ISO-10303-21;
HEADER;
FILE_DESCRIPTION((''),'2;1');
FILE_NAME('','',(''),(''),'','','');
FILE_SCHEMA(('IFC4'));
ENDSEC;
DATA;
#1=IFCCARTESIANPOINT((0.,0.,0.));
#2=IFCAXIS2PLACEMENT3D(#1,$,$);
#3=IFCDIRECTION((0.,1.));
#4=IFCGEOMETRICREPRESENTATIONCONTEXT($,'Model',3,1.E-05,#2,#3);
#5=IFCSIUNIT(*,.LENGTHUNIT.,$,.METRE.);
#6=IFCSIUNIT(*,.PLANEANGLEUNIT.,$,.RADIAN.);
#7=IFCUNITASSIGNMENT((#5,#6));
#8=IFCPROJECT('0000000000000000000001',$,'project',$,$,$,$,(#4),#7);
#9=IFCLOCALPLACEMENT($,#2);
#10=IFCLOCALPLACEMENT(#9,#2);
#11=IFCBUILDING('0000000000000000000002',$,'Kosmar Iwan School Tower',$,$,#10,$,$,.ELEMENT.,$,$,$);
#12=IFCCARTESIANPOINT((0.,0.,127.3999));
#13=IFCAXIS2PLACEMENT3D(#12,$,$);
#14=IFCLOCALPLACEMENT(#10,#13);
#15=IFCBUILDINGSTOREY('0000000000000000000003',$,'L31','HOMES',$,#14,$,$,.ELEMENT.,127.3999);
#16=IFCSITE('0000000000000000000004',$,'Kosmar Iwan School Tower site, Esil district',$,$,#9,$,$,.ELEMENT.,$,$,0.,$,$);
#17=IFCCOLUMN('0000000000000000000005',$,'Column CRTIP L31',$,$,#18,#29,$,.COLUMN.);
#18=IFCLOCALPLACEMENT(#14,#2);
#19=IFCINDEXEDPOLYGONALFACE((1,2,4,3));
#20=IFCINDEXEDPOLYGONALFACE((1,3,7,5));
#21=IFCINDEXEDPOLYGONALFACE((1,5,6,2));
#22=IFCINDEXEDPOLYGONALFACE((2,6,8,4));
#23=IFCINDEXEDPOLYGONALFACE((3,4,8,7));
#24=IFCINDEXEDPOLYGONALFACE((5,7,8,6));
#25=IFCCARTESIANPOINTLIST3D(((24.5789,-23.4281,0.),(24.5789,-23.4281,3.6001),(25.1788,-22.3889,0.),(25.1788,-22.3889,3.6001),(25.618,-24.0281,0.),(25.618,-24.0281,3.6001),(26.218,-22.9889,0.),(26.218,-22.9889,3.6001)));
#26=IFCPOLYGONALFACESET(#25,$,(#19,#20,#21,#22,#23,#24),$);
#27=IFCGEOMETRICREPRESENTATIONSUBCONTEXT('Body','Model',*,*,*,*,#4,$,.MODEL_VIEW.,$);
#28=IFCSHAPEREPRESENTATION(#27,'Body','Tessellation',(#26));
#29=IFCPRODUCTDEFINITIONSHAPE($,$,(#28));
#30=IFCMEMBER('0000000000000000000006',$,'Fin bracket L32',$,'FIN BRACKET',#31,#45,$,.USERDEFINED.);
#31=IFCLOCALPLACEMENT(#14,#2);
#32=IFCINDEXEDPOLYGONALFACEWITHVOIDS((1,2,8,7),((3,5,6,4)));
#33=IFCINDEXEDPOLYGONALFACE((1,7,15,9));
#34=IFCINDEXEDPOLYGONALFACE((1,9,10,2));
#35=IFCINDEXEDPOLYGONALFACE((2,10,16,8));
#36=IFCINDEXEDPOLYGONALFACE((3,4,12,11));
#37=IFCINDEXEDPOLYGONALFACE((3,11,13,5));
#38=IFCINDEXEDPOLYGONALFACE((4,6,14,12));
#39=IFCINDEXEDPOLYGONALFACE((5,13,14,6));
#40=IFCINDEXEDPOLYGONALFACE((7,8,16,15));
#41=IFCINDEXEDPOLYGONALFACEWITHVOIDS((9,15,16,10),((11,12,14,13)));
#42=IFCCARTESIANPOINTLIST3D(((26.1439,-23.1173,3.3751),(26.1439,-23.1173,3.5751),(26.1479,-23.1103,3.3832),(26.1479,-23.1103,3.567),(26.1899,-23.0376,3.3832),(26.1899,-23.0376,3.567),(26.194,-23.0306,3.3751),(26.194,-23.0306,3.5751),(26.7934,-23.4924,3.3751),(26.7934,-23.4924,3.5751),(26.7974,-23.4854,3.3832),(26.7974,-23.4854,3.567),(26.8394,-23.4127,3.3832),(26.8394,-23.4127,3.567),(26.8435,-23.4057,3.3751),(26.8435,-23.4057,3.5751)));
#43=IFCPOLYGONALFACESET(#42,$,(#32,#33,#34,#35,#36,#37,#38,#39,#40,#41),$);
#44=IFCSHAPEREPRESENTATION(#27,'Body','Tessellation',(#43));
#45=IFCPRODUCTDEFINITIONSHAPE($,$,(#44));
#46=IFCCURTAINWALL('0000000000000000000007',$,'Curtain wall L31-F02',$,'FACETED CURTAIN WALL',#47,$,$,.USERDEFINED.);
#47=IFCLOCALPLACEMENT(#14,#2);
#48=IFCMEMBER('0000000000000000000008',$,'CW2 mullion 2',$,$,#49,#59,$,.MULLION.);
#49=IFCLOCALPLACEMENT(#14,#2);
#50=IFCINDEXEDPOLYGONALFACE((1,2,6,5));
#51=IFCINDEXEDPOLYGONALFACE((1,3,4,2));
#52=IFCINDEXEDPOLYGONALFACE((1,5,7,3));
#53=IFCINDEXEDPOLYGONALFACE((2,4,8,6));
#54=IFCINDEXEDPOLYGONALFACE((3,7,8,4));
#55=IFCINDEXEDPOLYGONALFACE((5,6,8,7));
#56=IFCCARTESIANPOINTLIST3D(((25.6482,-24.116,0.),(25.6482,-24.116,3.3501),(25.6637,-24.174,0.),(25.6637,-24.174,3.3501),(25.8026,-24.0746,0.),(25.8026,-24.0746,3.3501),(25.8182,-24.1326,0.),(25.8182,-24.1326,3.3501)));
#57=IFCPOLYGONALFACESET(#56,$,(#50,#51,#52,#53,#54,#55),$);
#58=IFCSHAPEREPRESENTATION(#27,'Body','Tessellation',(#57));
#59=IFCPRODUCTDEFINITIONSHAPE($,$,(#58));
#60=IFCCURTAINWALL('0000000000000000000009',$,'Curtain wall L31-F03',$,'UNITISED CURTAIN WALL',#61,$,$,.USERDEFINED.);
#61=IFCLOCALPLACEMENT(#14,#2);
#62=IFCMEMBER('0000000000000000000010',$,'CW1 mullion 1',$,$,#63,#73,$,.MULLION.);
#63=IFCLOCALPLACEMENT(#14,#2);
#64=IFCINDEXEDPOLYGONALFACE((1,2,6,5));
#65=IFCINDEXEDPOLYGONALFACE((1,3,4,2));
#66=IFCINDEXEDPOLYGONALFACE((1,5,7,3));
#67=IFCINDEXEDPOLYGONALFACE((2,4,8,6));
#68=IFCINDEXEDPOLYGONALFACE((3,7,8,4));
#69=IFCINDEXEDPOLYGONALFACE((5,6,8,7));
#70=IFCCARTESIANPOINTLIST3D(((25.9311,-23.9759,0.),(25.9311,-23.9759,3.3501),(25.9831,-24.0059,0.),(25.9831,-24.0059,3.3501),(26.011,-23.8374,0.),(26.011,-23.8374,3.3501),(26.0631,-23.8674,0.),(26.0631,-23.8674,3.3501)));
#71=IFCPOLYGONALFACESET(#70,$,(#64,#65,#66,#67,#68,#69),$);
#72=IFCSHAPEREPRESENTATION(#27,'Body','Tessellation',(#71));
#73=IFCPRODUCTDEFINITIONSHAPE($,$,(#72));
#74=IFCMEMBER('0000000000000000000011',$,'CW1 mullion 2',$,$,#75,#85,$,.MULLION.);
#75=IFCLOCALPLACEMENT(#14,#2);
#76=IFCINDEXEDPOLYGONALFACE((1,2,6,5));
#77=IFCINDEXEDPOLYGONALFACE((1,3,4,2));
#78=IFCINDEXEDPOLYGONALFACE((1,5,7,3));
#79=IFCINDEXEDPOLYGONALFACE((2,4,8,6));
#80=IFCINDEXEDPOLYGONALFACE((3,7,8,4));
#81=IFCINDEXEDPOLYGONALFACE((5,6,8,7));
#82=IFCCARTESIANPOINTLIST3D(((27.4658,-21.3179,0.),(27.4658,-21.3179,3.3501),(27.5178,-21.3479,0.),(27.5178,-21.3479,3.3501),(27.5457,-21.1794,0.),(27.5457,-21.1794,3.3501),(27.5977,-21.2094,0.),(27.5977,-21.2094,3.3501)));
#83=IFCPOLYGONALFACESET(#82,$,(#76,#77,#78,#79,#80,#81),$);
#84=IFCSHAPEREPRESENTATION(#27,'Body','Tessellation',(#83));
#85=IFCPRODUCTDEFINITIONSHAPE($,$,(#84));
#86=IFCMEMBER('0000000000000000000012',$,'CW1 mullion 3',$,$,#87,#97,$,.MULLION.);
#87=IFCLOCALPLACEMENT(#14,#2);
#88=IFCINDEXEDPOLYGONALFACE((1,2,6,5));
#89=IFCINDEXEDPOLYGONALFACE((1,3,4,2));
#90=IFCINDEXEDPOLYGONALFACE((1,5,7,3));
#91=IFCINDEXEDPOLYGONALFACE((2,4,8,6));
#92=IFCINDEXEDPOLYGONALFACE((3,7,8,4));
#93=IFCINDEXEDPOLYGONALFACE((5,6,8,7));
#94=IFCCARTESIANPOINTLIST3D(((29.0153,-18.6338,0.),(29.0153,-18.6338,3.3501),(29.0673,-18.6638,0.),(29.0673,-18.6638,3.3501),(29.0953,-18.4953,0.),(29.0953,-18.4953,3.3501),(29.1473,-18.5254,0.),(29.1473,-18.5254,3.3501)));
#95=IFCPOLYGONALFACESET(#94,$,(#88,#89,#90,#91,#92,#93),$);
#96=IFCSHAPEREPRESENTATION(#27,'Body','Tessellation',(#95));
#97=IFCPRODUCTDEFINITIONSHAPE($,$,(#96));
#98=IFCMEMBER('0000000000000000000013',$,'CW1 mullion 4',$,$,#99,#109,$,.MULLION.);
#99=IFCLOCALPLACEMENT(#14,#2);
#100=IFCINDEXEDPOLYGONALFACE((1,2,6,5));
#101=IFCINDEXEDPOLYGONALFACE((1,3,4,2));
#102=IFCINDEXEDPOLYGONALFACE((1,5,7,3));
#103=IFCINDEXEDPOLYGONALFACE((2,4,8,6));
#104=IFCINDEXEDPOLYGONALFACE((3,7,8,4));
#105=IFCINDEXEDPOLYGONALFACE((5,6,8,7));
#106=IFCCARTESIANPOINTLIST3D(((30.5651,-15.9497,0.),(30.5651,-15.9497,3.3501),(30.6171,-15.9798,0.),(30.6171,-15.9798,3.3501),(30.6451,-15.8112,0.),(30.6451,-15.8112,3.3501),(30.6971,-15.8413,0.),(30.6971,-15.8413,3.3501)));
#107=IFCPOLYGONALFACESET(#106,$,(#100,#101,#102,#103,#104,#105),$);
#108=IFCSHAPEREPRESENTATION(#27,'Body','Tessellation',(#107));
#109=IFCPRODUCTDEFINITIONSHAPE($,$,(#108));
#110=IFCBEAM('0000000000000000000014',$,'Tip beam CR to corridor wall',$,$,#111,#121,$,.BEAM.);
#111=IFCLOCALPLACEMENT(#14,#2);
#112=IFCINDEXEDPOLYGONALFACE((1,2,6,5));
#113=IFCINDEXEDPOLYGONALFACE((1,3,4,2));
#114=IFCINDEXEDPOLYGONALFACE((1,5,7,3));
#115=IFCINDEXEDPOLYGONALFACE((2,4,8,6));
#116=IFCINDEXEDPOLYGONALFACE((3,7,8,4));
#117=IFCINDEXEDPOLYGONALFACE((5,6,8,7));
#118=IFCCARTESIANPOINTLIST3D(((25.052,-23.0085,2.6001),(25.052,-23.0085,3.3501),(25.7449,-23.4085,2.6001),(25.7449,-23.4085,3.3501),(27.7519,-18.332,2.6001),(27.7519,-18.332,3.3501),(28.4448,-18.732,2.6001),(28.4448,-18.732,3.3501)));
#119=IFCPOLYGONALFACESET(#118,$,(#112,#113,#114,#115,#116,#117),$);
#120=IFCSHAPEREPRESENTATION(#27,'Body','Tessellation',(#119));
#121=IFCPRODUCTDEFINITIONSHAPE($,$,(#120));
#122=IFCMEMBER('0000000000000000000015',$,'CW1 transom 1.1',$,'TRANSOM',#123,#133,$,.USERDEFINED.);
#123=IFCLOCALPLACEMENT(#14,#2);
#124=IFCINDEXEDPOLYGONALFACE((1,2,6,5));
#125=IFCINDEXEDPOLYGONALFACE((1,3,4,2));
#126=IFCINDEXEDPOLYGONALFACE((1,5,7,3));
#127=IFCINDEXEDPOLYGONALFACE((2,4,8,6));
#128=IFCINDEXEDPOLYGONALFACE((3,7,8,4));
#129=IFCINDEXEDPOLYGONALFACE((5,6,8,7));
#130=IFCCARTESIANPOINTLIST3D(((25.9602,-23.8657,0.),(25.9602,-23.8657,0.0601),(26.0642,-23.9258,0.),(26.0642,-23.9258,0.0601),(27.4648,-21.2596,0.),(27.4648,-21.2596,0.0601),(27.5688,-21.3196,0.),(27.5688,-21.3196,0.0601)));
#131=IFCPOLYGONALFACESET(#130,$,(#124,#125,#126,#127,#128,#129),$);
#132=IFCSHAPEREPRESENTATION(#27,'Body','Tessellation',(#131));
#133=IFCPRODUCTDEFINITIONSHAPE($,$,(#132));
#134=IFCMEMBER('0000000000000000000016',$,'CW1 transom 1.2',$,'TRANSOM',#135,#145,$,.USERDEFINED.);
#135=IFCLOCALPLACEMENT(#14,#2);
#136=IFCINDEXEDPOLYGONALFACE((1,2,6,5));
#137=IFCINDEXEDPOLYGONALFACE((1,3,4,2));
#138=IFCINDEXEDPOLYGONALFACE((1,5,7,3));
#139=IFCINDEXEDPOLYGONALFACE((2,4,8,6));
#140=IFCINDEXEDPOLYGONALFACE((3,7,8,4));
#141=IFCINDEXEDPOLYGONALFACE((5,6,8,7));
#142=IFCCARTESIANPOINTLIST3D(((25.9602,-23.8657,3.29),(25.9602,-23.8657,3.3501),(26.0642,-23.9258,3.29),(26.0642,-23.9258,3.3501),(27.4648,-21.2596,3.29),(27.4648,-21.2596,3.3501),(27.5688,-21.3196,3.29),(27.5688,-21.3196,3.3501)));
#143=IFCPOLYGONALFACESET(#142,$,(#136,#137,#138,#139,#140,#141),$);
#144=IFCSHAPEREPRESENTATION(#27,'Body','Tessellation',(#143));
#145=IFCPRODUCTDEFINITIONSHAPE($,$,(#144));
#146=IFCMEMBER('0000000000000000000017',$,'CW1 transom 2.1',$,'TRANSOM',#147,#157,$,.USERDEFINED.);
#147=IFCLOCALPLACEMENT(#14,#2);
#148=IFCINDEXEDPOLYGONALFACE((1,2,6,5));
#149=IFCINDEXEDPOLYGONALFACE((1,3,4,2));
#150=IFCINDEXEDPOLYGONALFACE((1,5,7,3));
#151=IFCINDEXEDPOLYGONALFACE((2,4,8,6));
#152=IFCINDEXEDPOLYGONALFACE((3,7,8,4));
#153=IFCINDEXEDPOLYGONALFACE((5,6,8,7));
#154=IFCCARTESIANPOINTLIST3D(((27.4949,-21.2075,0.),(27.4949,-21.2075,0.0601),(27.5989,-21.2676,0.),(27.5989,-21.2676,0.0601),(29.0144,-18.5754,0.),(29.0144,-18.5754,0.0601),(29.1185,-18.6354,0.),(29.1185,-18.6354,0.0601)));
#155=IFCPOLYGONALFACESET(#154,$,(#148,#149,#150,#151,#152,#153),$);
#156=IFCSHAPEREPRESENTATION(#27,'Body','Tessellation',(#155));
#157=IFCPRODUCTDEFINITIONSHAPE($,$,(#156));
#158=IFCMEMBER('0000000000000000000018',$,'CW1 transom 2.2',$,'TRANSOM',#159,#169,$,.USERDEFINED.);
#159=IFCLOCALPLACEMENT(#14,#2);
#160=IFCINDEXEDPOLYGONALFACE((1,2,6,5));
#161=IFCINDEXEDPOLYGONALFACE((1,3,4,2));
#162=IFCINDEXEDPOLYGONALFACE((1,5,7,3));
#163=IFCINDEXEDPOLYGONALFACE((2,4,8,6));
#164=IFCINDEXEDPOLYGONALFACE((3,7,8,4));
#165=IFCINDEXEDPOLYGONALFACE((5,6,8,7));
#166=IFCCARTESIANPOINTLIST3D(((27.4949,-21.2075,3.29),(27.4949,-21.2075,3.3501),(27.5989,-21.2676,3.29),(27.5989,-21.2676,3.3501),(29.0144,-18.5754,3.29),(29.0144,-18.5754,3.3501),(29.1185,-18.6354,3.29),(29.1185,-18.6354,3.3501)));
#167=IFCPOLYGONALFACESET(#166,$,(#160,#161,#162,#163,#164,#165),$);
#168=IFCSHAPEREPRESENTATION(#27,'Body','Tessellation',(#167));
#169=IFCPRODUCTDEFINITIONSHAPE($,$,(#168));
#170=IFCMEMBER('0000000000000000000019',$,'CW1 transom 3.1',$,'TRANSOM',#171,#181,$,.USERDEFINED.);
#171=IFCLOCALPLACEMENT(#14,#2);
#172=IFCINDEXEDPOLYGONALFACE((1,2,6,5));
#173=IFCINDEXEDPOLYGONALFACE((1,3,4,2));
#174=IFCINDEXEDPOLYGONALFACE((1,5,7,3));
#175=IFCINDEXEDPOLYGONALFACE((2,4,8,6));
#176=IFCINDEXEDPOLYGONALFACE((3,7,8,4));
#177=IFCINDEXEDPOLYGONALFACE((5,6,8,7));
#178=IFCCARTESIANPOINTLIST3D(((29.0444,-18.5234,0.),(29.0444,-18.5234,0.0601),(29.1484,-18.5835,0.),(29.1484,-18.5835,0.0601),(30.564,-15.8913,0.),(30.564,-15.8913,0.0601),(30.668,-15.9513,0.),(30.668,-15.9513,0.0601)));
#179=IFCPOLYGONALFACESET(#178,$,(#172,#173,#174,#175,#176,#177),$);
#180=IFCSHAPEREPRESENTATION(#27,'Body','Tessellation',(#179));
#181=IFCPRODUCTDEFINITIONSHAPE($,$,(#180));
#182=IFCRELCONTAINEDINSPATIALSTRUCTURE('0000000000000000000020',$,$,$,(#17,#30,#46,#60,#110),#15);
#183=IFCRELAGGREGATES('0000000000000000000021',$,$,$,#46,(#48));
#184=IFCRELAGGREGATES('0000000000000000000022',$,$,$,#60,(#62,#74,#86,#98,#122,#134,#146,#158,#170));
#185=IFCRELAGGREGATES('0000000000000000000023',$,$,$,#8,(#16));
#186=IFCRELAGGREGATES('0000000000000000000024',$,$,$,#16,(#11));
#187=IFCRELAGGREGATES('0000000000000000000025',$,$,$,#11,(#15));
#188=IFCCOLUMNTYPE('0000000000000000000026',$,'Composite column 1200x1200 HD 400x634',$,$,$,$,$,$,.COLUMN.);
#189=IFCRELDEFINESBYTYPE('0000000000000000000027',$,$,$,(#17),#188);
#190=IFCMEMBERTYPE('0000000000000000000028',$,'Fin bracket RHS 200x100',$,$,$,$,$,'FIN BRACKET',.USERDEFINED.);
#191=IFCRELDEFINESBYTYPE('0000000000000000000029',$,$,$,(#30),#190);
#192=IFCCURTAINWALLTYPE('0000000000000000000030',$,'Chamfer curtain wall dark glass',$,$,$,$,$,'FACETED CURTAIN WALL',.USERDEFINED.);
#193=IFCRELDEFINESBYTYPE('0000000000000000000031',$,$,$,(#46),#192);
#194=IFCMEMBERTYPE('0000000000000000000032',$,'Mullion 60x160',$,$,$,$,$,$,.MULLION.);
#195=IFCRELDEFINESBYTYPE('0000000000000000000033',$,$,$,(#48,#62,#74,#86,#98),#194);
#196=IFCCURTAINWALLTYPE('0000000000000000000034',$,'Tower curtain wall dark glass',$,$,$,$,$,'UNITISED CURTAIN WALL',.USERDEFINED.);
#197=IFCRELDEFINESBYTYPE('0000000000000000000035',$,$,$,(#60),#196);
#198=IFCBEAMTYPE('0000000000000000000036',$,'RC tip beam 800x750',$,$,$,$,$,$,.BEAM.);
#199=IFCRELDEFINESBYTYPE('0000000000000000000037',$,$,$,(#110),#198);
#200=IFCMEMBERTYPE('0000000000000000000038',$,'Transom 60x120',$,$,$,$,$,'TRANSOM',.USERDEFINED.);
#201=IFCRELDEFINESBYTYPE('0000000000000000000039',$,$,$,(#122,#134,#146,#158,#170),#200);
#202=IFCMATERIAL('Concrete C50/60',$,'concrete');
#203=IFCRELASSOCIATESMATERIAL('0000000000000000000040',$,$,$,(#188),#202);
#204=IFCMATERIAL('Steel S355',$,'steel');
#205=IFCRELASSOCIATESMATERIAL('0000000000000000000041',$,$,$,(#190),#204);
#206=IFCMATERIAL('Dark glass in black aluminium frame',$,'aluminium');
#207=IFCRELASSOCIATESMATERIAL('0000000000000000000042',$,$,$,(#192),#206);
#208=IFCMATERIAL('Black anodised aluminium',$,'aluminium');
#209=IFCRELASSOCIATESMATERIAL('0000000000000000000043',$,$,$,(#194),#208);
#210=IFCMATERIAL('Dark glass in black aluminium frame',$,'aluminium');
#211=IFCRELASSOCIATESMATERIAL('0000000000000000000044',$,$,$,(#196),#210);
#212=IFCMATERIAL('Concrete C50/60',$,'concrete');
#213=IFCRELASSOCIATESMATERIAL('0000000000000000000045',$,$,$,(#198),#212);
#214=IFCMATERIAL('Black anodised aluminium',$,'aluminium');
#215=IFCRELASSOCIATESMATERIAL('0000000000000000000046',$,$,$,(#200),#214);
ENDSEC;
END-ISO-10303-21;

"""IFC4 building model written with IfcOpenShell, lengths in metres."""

from ifc_helpers import new_model, si_unit, direction, frame, origin, origin_2d, place, context, subcontext, project, spatial, rectangle, hollow_rectangle, extrude, material, material_profile, profile_set, type_object, element, aggregate, save


model = new_model("IFC4")

# Units and contexts
model_context = context("Model", 3, precision=1e-05, world=origin(), true_north=direction((0.0, 1.0)))
body_context = subcontext(model_context, "Body", "Model", "MODEL_VIEW")
ifc_project = project(units=[si_unit("LENGTHUNIT", "METRE"), si_unit("PLANEANGLEUNIT", "RADIAN")], contexts=[model_context])

# Site, building, storey
site_placement = place(None, origin())
site = spatial("IfcSite", under=ifc_project, at=site_placement, Name="Kosmar Iwan School Tower site, Esil district", CompositionType="ELEMENT", RefElevation=0.0)
building_placement = place(site_placement, origin())
building = spatial("IfcBuilding", under=site, at=building_placement, Name="Kosmar Iwan School Tower", CompositionType="ELEMENT")
storey_placement = place(building_placement, frame((0.0, 0.0, 127.3999)))
storey = spatial("IfcBuildingStorey", under=building, at=storey_placement, Name="L31", Description="HOMES", CompositionType="ELEMENT", Elevation=127.3999)

# Column
ifc_material_1 = material(Name="Concrete C50/60", Category="concrete")
ifc_material_profile_1 = material_profile(ifc_material_1, rectangle(XDim=1.2, YDim=1.2, at=origin_2d()), Name="RC 1200x1200 + HD 400x634")
ifc_profile_set_1 = profile_set([ifc_material_profile_1], Name="Concrete C50/60")
column_type = type_object("IfcColumnType", Name="Composite column 1200x1200 HD 400x634", PredefinedType="COLUMN", material=ifc_profile_set_1)
column_placement = place(storey_placement, frame((25.3984, -23.2085, 0.0), z_axis=(0.0, 0.0, 1.0), x_axis=(0.866025, -0.5, 0.0)))
element("IfcColumn", 1, at=column_placement, inside=storey, type_object=column_type, Name="Column CRTIP L31", PredefinedType="COLUMN", context=body_context, shape_type="SweptSolid", body=[
    extrude(rectangle(XDim=1.2, YDim=1.2, at=origin_2d()), origin(), (0.0, 0.0, 1.0), 3.6001),
])

# Member
ifc_material_2 = material(Name="Steel S355", Category="steel")
ifc_material_profile_2 = material_profile(ifc_material_2, hollow_rectangle(XDim=0.1001, YDim=0.2, WallThickness=0.0081, at=origin_2d()), Name="RHS 200x100x8")
ifc_profile_set_2 = profile_set([ifc_material_profile_2], Name="Steel S355")
member_type_1 = type_object("IfcMemberType", Name="Fin bracket RHS 200x100", ElementType="FIN BRACKET", PredefinedType="USERDEFINED", material=ifc_profile_set_2)
member_1_placement = place(storey_placement, frame((26.1689, -23.074, 3.4751), z_axis=(0.86599, -0.500061, 0.0), x_axis=(0.500061, 0.86599, 0.0)))
element("IfcMember", 2, at=member_1_placement, inside=storey, type_object=member_type_1, Name="Fin bracket L32", ObjectType="FIN BRACKET", PredefinedType="USERDEFINED", context=body_context, shape_type="SweptSolid", body=[
    extrude(hollow_rectangle(XDim=0.1001, YDim=0.2, WallThickness=0.0081, at=origin_2d()), origin(), (0.0, 0.0, 1.0), 0.75),
])

# Curtain wall, member
ifc_material_3 = material(Name="Dark glass in black aluminium frame", Category="aluminium")
curtain_wall_type_1 = type_object("IfcCurtainWallType", Name="Chamfer curtain wall dark glass", ElementType="FACETED CURTAIN WALL", PredefinedType="USERDEFINED", material=ifc_material_3)
curtain_wall_1_placement = place(storey_placement, origin())
curtain_wall_1 = element("IfcCurtainWall", 3, at=curtain_wall_1_placement, inside=storey, type_object=curtain_wall_type_1, Name="Curtain wall L31-F02", ObjectType="FACETED CURTAIN WALL", PredefinedType="USERDEFINED")
ifc_material_4 = material(Name="Black anodised aluminium", Category="aluminium")
ifc_material_profile_3 = material_profile(ifc_material_4, rectangle(XDim=0.0601, YDim=0.1599, at=origin_2d()), Name="MULLION 60x160")
ifc_profile_set_3 = profile_set([ifc_material_profile_3], Name="Black anodised aluminium")
member_type_2 = type_object("IfcMemberType", Name="Mullion 60x160", PredefinedType="MULLION", material=ifc_profile_set_3)
member_2_placement = place(storey_placement, frame((25.7332, -24.1243, 0.0), z_axis=(0.0, 0.0, 1.0), x_axis=(-0.258819, 0.965926, 0.0)))
member_2 = element("IfcMember", 4, at=member_2_placement, type_object=member_type_2, Name="CW2 mullion 2", PredefinedType="MULLION", context=body_context, shape_type="SweptSolid", body=[
    extrude(rectangle(XDim=0.0601, YDim=0.1599, at=origin_2d()), origin(), (0.0, 0.0, 1.0), 3.3501),
])

# Curtain wall, members
ifc_material_5 = material(Name="Dark glass in black aluminium frame", Category="aluminium")
curtain_wall_type_2 = type_object("IfcCurtainWallType", Name="Tower curtain wall dark glass", ElementType="UNITISED CURTAIN WALL", PredefinedType="USERDEFINED", material=ifc_material_5)
curtain_wall_2_placement = place(storey_placement, origin())
curtain_wall_2 = element("IfcCurtainWall", 5, at=curtain_wall_2_placement, inside=storey, type_object=curtain_wall_type_2, Name="Curtain wall L31-F03", ObjectType="UNITISED CURTAIN WALL", PredefinedType="USERDEFINED")
member_3_placement = place(storey_placement, frame((25.9971, -23.9216, 0.0), z_axis=(0.0, 0.0, 1.0), x_axis=(-0.866025, 0.5, 0.0)))
member_3 = element("IfcMember", 6, at=member_3_placement, type_object=member_type_2, Name="CW1 mullion 1", PredefinedType="MULLION", context=body_context, shape_type="SweptSolid", body=[
    extrude(rectangle(XDim=0.0601, YDim=0.1599, at=origin_2d()), origin(), (0.0, 0.0, 1.0), 3.3501),
])
member_4_placement = place(storey_placement, frame((27.5317, -21.2637, 0.0), z_axis=(0.0, 0.0, 1.0), x_axis=(-0.866025, 0.5, 0.0)))
member_4 = element("IfcMember", 7, at=member_4_placement, type_object=member_type_2, Name="CW1 mullion 2", PredefinedType="MULLION", context=body_context, shape_type="SweptSolid", body=[
    extrude(rectangle(XDim=0.0601, YDim=0.1599, at=origin_2d()), origin(), (0.0, 0.0, 1.0), 3.3501),
])
member_5_placement = place(storey_placement, frame((29.0813, -18.5796, 0.0), z_axis=(0.0, 0.0, 1.0), x_axis=(-0.866025, 0.5, 0.0)))
member_5 = element("IfcMember", 8, at=member_5_placement, type_object=member_type_2, Name="CW1 mullion 3", PredefinedType="MULLION", context=body_context, shape_type="SweptSolid", body=[
    extrude(rectangle(XDim=0.0601, YDim=0.1599, at=origin_2d()), origin(), (0.0, 0.0, 1.0), 3.3501),
])
member_6_placement = place(storey_placement, frame((30.6311, -15.8955, 0.0), z_axis=(0.0, 0.0, 1.0), x_axis=(-0.866025, 0.5, 0.0)))
member_6 = element("IfcMember", 9, at=member_6_placement, type_object=member_type_2, Name="CW1 mullion 4", PredefinedType="MULLION", context=body_context, shape_type="SweptSolid", body=[
    extrude(rectangle(XDim=0.0601, YDim=0.1599, at=origin_2d()), origin(), (0.0, 0.0, 1.0), 3.3501),
])

# Beam
ifc_material_6 = material(Name="Concrete C50/60", Category="concrete")
ifc_material_profile_4 = material_profile(ifc_material_6, rectangle(XDim=0.8, YDim=0.75, at=origin_2d()), Name="RC 800x750")
ifc_profile_set_4 = profile_set([ifc_material_profile_4], Name="Concrete C50/60")
beam_type = type_object("IfcBeamType", Name="RC tip beam 800x750", PredefinedType="BEAM", material=ifc_profile_set_4)
beam_placement = place(storey_placement, frame((25.3984, -23.2085, 2.9751), z_axis=(0.499995, 0.866028, 0.0), x_axis=(-0.866028, 0.499995, 0.0)))
element("IfcBeam", 10, at=beam_placement, inside=storey, type_object=beam_type, Name="Tip beam CR to corridor wall", PredefinedType="BEAM", context=body_context, shape_type="SweptSolid", body=[
    extrude(rectangle(XDim=0.8, YDim=0.75, at=origin_2d()), origin(), (0.0, 0.0, 1.0), 5.3999),
])

# Members
ifc_material_7 = material(Name="Black anodised aluminium", Category="aluminium")
ifc_material_profile_5 = material_profile(ifc_material_7, rectangle(XDim=0.1201, YDim=0.0601, at=origin_2d()), Name="TRANSOM 60x120")
ifc_profile_set_5 = profile_set([ifc_material_profile_5], Name="Black anodised aluminium")
member_type_3 = type_object("IfcMemberType", Name="Transom 60x120", ElementType="TRANSOM", PredefinedType="USERDEFINED", material=ifc_profile_set_5)
member_7_placement = place(storey_placement, frame((26.0122, -23.8958, 0.03), z_axis=(0.499987, 0.866033, 0.0), x_axis=(-0.866033, 0.499987, 0.0)))
member_7 = element("IfcMember", 11, at=member_7_placement, type_object=member_type_3, Name="CW1 transom 1.1", ObjectType="TRANSOM", PredefinedType="USERDEFINED", context=body_context, shape_type="SweptSolid", body=[
    extrude(rectangle(XDim=0.1201, YDim=0.0601, at=origin_2d()), origin(), (0.0, 0.0, 1.0), 3.0093),
])
member_8_placement = place(storey_placement, frame((26.0122, -23.8958, 3.3201), z_axis=(0.499987, 0.866033, 0.0), x_axis=(-0.866033, 0.499987, 0.0)))
member_8 = element("IfcMember", 12, at=member_8_placement, type_object=member_type_3, Name="CW1 transom 1.2", ObjectType="TRANSOM", PredefinedType="USERDEFINED", context=body_context, shape_type="SweptSolid", body=[
    extrude(rectangle(XDim=0.1201, YDim=0.0601, at=origin_2d()), origin(), (0.0, 0.0, 1.0), 3.0093),
])
member_9_placement = place(storey_placement, frame((27.5469, -21.2375, 0.03), z_axis=(0.499975, 0.86604, 0.0), x_axis=(-0.86604, 0.499975, 0.0)))
member_9 = element("IfcMember", 13, at=member_9_placement, type_object=member_type_3, Name="CW1 transom 2.1", ObjectType="TRANSOM", PredefinedType="USERDEFINED", context=body_context, shape_type="SweptSolid", body=[
    extrude(rectangle(XDim=0.1201, YDim=0.0601, at=origin_2d()), origin(), (0.0, 0.0, 1.0), 3.0393),
])
member_10_placement = place(storey_placement, frame((27.5469, -21.2375, 3.3201), z_axis=(0.499975, 0.86604, 0.0), x_axis=(-0.86604, 0.499975, 0.0)))
member_10 = element("IfcMember", 14, at=member_10_placement, type_object=member_type_3, Name="CW1 transom 2.2", ObjectType="TRANSOM", PredefinedType="USERDEFINED", context=body_context, shape_type="SweptSolid", body=[
    extrude(rectangle(XDim=0.1201, YDim=0.0601, at=origin_2d()), origin(), (0.0, 0.0, 1.0), 3.0393),
])
member_11_placement = place(storey_placement, frame((29.0964, -18.5535, 0.03), z_axis=(0.499975, 0.86604, 0.0), x_axis=(-0.86604, 0.499975, 0.0)))
member_11 = element("IfcMember", 15, at=member_11_placement, type_object=member_type_3, Name="CW1 transom 3.1", ObjectType="TRANSOM", PredefinedType="USERDEFINED", context=body_context, shape_type="SweptSolid", body=[
    extrude(rectangle(XDim=0.1201, YDim=0.0601, at=origin_2d()), origin(), (0.0, 0.0, 1.0), 3.0393),
])

aggregate(curtain_wall_1, [member_2])
aggregate(curtain_wall_2, [member_3, member_4, member_5, member_6, member_7, member_8, member_9, member_10, member_11])

save(model, "model.ifc")
